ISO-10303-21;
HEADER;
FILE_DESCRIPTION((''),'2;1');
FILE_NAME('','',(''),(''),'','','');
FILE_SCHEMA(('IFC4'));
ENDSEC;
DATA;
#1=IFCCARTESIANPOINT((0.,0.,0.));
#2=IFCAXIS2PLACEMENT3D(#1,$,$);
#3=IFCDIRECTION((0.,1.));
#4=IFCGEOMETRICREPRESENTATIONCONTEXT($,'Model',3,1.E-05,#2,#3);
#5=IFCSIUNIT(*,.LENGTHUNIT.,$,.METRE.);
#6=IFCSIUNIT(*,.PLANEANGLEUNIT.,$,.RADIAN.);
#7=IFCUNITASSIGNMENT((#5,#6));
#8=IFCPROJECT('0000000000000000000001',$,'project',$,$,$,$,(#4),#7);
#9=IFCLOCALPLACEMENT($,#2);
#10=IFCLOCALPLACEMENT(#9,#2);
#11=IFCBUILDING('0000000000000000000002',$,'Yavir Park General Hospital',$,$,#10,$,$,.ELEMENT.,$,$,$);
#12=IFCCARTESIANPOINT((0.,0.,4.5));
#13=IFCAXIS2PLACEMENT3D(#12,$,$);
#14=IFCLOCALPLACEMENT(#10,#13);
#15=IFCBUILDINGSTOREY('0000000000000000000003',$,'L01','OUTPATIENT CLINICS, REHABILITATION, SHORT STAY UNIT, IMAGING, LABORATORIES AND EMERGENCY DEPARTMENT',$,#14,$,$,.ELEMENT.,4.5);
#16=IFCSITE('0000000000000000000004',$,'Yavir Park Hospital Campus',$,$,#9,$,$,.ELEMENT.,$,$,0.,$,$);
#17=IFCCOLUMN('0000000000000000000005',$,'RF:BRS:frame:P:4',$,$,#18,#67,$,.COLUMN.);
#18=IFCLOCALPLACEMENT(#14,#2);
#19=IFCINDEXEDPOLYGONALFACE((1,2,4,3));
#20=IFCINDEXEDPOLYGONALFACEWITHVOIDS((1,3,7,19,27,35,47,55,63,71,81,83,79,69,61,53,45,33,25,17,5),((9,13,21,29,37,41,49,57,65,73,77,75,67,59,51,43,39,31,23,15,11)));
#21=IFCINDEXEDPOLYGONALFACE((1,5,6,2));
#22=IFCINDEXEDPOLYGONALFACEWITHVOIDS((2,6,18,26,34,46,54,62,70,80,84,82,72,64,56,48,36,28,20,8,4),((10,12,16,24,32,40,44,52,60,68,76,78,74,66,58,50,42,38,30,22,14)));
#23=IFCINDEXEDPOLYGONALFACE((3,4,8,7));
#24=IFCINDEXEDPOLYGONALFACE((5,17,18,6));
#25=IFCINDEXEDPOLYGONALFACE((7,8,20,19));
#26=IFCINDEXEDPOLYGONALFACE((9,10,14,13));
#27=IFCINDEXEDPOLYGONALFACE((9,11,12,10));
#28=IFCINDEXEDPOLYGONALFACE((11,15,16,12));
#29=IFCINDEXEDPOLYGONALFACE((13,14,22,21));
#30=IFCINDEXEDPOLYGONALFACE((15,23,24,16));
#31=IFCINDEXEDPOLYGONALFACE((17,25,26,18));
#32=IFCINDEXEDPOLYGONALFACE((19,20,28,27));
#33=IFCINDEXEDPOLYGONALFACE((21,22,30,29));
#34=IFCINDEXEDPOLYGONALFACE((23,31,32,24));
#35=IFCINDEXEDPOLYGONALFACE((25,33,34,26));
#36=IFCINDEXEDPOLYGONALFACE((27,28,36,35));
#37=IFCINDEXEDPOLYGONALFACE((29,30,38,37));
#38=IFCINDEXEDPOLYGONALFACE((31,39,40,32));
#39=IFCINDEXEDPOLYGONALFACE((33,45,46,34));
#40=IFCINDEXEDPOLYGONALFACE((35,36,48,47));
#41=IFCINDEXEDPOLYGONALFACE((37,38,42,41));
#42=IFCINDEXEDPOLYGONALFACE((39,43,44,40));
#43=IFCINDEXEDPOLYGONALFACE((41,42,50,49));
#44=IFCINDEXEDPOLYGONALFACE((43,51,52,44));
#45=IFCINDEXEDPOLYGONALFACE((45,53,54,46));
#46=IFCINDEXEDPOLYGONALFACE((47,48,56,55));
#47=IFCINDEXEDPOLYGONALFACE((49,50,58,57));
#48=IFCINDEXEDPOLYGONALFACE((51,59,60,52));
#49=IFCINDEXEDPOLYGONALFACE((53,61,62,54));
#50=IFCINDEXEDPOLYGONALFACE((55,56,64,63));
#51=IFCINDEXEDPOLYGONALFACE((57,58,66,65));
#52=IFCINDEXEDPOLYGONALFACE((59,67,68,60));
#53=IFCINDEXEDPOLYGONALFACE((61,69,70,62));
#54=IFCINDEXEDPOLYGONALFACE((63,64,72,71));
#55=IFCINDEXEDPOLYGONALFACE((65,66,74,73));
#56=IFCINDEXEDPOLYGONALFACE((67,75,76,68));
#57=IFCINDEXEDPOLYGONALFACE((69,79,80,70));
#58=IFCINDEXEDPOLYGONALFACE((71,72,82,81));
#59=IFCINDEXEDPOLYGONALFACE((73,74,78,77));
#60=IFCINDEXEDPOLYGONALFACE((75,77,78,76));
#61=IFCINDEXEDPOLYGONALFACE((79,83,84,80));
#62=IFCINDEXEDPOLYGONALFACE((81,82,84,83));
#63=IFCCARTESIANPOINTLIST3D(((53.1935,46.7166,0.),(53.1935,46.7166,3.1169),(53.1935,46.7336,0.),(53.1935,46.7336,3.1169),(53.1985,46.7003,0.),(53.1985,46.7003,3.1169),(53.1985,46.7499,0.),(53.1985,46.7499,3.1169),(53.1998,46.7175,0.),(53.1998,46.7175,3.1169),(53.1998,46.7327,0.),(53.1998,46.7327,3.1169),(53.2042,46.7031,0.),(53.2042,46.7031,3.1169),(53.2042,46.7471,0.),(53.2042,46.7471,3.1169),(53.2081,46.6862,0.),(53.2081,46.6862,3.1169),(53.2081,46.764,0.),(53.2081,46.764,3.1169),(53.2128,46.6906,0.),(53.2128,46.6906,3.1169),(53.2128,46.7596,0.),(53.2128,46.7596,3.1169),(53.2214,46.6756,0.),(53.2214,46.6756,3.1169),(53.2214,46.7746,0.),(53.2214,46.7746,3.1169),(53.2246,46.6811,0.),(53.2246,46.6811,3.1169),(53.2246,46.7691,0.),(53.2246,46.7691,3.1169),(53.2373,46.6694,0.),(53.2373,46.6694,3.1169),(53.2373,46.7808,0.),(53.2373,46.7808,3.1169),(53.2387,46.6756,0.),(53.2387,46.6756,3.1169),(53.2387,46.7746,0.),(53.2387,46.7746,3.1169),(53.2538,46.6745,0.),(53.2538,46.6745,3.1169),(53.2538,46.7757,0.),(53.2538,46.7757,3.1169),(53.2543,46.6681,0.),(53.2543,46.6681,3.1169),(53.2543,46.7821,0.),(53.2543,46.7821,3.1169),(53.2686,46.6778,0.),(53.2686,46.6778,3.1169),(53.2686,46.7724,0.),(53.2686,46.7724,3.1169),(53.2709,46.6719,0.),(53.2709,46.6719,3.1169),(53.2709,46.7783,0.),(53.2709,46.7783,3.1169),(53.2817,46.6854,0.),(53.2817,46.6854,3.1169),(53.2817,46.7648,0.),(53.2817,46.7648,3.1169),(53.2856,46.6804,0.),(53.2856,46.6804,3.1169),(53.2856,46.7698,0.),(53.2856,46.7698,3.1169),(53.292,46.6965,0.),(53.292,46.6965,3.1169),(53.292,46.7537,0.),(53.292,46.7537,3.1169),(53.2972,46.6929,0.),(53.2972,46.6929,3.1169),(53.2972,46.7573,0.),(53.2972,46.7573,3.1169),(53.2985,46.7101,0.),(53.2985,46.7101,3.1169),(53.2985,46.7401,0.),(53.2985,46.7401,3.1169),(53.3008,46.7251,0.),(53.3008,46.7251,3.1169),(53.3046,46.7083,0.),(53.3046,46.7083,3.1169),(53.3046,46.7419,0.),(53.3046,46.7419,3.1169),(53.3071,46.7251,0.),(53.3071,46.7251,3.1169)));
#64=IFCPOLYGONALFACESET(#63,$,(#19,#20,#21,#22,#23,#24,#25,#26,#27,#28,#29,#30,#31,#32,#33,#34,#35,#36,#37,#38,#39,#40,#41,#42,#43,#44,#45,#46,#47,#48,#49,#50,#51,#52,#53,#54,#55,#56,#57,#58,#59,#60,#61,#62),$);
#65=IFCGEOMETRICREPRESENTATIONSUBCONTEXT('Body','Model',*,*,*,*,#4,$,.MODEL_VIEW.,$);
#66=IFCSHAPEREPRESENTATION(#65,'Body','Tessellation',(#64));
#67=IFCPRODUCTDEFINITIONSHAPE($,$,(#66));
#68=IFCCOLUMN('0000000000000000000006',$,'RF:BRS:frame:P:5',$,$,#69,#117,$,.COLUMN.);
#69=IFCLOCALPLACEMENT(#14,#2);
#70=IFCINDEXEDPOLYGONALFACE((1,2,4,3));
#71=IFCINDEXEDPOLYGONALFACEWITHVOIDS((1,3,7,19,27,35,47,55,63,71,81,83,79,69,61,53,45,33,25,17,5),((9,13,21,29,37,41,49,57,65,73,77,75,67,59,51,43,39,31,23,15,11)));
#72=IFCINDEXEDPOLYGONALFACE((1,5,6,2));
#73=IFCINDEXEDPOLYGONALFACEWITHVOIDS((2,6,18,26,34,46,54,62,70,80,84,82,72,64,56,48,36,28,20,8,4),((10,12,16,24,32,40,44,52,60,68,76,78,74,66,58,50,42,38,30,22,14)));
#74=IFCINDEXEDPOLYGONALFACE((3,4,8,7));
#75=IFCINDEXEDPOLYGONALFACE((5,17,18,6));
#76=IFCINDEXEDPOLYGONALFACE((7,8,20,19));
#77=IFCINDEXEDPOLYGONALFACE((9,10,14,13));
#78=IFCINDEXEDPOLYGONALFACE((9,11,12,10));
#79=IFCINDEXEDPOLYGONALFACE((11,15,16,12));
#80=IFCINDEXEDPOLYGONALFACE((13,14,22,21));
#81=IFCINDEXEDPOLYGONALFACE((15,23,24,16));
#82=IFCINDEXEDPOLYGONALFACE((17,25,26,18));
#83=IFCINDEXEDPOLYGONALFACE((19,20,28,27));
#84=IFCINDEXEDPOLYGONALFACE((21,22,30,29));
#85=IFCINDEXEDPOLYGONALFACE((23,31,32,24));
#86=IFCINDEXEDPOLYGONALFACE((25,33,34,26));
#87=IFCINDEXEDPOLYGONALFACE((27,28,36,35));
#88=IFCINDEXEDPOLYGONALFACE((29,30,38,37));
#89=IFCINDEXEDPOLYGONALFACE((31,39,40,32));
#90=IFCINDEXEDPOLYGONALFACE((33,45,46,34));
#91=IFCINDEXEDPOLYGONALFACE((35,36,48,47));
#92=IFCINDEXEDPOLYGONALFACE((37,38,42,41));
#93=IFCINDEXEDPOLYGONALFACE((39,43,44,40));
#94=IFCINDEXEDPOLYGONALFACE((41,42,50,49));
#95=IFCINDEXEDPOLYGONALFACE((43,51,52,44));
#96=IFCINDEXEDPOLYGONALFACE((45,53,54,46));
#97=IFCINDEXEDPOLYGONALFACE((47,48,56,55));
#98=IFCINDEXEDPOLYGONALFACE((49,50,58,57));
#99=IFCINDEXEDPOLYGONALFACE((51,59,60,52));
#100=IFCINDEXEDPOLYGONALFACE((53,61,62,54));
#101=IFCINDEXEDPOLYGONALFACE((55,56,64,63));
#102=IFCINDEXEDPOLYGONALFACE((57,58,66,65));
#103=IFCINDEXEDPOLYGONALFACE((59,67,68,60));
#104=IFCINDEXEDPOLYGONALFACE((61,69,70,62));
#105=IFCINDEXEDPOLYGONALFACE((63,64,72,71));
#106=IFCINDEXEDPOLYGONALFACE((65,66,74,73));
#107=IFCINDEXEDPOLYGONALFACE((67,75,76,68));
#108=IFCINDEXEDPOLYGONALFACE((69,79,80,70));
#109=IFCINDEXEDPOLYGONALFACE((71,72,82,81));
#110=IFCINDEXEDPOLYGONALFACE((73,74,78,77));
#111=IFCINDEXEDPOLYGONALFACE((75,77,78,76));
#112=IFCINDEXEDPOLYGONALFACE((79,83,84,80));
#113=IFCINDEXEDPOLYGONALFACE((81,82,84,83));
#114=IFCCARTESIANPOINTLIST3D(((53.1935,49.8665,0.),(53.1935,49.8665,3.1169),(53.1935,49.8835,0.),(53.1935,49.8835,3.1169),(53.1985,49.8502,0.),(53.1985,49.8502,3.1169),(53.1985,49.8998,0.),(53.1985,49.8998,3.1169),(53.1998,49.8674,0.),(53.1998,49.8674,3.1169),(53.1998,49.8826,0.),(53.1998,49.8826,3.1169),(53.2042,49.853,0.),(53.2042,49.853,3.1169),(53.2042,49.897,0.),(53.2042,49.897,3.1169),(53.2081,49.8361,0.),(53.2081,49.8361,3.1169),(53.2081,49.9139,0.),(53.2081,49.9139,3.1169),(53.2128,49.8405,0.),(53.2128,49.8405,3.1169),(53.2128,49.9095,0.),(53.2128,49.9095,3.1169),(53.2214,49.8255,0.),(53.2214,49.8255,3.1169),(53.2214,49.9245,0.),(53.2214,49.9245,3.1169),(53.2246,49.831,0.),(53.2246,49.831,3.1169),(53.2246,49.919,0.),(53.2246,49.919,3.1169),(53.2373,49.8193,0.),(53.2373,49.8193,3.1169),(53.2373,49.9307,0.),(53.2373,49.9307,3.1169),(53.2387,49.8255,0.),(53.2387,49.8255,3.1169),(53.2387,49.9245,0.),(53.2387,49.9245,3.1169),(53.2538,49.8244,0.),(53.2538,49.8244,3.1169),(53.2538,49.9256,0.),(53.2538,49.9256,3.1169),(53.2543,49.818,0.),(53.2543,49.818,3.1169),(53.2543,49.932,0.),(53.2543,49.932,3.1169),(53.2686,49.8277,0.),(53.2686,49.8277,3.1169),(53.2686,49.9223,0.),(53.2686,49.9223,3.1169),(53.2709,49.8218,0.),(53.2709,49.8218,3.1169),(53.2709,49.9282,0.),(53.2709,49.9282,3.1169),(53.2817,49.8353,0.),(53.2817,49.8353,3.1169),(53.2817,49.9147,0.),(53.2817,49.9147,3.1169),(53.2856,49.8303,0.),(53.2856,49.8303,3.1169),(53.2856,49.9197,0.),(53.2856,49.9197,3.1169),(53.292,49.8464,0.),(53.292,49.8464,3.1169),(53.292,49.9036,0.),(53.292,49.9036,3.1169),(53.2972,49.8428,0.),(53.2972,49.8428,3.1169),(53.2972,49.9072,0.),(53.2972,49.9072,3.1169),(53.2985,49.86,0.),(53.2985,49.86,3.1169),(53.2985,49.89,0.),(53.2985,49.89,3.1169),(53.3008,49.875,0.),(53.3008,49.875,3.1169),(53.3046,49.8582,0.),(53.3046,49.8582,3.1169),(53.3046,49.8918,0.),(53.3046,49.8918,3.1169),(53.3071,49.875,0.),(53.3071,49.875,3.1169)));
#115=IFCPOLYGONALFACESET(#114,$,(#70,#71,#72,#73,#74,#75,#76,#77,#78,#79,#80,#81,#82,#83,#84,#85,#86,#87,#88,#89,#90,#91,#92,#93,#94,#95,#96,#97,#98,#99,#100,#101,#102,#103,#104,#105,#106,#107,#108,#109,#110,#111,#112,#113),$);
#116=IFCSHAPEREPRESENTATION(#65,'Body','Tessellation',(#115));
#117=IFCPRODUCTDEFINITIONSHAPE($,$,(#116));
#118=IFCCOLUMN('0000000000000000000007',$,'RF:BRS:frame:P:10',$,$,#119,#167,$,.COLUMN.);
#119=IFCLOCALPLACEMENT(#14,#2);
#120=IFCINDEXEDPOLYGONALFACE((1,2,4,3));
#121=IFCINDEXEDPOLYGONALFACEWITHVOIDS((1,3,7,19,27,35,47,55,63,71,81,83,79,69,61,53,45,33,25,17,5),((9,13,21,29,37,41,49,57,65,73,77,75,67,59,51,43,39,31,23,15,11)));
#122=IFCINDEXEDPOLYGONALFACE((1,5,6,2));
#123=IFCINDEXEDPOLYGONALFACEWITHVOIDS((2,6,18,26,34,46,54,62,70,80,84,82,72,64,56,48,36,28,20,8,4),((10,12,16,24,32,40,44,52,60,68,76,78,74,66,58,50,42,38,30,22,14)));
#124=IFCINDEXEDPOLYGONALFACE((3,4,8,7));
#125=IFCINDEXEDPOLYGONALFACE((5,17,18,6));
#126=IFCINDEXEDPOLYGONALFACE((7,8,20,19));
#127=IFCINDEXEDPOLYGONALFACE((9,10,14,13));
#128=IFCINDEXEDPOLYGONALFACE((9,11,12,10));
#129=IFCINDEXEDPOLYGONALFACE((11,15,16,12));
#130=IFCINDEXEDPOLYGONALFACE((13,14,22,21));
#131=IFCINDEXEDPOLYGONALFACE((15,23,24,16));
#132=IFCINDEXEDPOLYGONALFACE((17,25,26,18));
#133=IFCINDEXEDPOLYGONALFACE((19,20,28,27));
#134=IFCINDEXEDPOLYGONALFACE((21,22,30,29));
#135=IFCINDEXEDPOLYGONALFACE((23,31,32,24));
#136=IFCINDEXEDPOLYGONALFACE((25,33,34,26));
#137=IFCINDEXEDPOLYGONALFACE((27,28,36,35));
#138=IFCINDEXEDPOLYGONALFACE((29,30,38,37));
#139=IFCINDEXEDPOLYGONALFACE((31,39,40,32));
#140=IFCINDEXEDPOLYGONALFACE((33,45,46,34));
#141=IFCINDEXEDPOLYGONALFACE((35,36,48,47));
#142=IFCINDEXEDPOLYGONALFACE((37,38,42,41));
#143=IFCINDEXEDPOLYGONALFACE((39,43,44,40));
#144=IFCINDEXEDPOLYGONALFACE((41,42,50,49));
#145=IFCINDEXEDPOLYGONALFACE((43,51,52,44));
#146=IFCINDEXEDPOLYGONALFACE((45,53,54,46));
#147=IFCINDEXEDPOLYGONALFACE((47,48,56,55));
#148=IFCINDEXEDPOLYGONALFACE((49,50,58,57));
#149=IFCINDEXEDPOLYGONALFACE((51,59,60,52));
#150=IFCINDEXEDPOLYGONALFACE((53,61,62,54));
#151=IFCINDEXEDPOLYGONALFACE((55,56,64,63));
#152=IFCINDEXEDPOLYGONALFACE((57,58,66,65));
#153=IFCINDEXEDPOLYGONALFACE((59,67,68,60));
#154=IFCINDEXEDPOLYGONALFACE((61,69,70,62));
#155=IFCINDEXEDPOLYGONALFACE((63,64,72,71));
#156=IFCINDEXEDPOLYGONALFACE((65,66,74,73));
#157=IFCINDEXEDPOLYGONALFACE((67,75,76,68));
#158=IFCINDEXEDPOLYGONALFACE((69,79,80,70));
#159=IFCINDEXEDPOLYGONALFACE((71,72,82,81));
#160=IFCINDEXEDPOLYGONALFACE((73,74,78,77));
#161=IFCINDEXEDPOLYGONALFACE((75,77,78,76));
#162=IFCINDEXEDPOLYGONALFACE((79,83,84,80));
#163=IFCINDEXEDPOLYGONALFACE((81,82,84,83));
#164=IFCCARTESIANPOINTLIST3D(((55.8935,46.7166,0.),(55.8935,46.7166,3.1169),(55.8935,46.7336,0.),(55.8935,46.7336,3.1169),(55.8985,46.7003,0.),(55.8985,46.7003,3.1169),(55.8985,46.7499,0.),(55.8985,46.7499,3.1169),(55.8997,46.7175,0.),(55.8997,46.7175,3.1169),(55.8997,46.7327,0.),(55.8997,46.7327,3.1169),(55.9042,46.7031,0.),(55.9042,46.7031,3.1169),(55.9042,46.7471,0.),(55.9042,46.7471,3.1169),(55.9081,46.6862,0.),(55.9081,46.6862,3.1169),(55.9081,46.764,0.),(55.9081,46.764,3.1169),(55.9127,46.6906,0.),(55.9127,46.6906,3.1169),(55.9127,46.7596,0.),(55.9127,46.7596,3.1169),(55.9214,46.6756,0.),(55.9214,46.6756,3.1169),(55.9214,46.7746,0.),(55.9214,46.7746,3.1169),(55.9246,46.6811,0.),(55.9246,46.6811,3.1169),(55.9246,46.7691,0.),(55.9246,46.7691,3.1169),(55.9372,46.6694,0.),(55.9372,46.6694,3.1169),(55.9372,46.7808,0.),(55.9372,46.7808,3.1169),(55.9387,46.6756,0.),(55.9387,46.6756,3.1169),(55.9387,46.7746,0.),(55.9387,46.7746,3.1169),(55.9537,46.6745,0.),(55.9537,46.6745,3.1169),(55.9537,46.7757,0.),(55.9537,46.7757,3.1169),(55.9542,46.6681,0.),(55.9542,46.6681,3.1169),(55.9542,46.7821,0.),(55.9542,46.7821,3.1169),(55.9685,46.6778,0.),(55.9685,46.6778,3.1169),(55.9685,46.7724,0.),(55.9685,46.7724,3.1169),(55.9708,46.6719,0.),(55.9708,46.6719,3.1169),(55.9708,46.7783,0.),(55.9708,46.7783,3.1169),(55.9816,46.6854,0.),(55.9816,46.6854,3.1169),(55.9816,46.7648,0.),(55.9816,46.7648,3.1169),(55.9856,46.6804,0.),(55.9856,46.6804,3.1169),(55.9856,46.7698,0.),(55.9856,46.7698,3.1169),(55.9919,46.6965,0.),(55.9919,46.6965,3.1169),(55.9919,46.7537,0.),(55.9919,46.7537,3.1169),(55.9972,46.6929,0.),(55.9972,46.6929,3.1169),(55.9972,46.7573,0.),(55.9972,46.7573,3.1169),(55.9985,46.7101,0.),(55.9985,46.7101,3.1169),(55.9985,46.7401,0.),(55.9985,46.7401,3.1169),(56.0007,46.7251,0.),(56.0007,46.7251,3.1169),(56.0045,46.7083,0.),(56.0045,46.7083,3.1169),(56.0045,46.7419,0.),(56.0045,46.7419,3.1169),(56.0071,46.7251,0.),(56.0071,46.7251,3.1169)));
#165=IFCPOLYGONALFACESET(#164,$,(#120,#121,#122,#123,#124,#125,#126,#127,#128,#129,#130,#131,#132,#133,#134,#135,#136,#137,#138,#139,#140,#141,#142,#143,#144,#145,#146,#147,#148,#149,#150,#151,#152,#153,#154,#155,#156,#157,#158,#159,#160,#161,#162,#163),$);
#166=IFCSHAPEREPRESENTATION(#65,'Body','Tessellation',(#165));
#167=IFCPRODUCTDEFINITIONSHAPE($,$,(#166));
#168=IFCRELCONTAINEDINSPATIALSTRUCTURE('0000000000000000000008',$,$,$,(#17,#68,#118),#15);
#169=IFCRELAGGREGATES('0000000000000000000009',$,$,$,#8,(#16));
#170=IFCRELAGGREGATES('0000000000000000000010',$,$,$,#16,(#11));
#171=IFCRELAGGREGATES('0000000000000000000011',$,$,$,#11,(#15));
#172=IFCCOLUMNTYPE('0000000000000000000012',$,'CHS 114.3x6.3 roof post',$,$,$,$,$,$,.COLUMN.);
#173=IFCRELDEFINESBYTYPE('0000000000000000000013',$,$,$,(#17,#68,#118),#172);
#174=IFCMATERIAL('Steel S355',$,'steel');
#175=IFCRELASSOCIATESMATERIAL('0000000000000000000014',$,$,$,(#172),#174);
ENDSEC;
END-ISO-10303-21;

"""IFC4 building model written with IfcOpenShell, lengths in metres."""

from ifc_helpers import new_model, si_unit, direction, frame, origin, origin_2d, place, context, subcontext, project, spatial, hollow_circle, extrude, material, material_profile, profile_set, type_object, element, save


model = new_model("IFC4")

# Units and contexts
model_context = context("Model", 3, precision=1e-05, world=origin(), true_north=direction((0.0, 1.0)))
body_context = subcontext(model_context, "Body", "Model", "MODEL_VIEW")
ifc_project = project(units=[si_unit("LENGTHUNIT", "METRE"), si_unit("PLANEANGLEUNIT", "RADIAN")], contexts=[model_context])

# Site, building, storey
site_placement = place(None, origin())
site = spatial("IfcSite", under=ifc_project, at=site_placement, Name="Yavir Park Hospital Campus", CompositionType="ELEMENT", RefElevation=0.0)
building_placement = place(site_placement, origin())
building = spatial("IfcBuilding", under=site, at=building_placement, Name="Yavir Park General Hospital", CompositionType="ELEMENT")
storey_placement = place(building_placement, frame((0.0, 0.0, 4.5)))
storey = spatial("IfcBuildingStorey", under=building, at=storey_placement, Name="L01", Description="OUTPATIENT CLINICS, REHABILITATION, SHORT STAY UNIT, IMAGING, LABORATORIES AND EMERGENCY DEPARTMENT", CompositionType="ELEMENT", Elevation=4.5)

# Columns
ifc_material_1 = material(Name="Steel S355", Category="steel")
ifc_material_profile_1 = material_profile(ifc_material_1, hollow_circle(Radius=0.0571, WallThickness=0.0063, at=origin_2d()), Name="CHS114.3x6.3")
ifc_profile_set_1 = profile_set([ifc_material_profile_1], Name="Steel S355")
column_type = type_object("IfcColumnType", Name="CHS 114.3x6.3 roof post", PredefinedType="COLUMN", material=ifc_profile_set_1)
for number, where, z_axis, x_axis, name in (
    (1, (53.25, 46.7251, 0.0), (0.0, 0.0, 1.0), (1.0, 0.0, 0.0), "RF:BRS:frame:P:4"),
    (2, (53.25, 49.875, 0.0), (0.0, 0.0, 1.0), (1.0, 0.0, 0.0), "RF:BRS:frame:P:5"),
    (3, (55.95, 46.7251, 0.0), (0.0, 0.0, 1.0), (1.0, 0.0, 0.0), "RF:BRS:frame:P:10"),
):
    element("IfcColumn", number, at=place(storey_placement, frame(where, z_axis=z_axis, x_axis=x_axis)), inside=storey, type_object=column_type, Name=name, PredefinedType="COLUMN", context=body_context, shape_type="SweptSolid", body=[
        extrude(hollow_circle(Radius=0.0571, WallThickness=0.0063, at=origin_2d()), origin(), (0.0, 0.0, 1.0), 3.1169),
    ])

save(model, "model.ifc")
